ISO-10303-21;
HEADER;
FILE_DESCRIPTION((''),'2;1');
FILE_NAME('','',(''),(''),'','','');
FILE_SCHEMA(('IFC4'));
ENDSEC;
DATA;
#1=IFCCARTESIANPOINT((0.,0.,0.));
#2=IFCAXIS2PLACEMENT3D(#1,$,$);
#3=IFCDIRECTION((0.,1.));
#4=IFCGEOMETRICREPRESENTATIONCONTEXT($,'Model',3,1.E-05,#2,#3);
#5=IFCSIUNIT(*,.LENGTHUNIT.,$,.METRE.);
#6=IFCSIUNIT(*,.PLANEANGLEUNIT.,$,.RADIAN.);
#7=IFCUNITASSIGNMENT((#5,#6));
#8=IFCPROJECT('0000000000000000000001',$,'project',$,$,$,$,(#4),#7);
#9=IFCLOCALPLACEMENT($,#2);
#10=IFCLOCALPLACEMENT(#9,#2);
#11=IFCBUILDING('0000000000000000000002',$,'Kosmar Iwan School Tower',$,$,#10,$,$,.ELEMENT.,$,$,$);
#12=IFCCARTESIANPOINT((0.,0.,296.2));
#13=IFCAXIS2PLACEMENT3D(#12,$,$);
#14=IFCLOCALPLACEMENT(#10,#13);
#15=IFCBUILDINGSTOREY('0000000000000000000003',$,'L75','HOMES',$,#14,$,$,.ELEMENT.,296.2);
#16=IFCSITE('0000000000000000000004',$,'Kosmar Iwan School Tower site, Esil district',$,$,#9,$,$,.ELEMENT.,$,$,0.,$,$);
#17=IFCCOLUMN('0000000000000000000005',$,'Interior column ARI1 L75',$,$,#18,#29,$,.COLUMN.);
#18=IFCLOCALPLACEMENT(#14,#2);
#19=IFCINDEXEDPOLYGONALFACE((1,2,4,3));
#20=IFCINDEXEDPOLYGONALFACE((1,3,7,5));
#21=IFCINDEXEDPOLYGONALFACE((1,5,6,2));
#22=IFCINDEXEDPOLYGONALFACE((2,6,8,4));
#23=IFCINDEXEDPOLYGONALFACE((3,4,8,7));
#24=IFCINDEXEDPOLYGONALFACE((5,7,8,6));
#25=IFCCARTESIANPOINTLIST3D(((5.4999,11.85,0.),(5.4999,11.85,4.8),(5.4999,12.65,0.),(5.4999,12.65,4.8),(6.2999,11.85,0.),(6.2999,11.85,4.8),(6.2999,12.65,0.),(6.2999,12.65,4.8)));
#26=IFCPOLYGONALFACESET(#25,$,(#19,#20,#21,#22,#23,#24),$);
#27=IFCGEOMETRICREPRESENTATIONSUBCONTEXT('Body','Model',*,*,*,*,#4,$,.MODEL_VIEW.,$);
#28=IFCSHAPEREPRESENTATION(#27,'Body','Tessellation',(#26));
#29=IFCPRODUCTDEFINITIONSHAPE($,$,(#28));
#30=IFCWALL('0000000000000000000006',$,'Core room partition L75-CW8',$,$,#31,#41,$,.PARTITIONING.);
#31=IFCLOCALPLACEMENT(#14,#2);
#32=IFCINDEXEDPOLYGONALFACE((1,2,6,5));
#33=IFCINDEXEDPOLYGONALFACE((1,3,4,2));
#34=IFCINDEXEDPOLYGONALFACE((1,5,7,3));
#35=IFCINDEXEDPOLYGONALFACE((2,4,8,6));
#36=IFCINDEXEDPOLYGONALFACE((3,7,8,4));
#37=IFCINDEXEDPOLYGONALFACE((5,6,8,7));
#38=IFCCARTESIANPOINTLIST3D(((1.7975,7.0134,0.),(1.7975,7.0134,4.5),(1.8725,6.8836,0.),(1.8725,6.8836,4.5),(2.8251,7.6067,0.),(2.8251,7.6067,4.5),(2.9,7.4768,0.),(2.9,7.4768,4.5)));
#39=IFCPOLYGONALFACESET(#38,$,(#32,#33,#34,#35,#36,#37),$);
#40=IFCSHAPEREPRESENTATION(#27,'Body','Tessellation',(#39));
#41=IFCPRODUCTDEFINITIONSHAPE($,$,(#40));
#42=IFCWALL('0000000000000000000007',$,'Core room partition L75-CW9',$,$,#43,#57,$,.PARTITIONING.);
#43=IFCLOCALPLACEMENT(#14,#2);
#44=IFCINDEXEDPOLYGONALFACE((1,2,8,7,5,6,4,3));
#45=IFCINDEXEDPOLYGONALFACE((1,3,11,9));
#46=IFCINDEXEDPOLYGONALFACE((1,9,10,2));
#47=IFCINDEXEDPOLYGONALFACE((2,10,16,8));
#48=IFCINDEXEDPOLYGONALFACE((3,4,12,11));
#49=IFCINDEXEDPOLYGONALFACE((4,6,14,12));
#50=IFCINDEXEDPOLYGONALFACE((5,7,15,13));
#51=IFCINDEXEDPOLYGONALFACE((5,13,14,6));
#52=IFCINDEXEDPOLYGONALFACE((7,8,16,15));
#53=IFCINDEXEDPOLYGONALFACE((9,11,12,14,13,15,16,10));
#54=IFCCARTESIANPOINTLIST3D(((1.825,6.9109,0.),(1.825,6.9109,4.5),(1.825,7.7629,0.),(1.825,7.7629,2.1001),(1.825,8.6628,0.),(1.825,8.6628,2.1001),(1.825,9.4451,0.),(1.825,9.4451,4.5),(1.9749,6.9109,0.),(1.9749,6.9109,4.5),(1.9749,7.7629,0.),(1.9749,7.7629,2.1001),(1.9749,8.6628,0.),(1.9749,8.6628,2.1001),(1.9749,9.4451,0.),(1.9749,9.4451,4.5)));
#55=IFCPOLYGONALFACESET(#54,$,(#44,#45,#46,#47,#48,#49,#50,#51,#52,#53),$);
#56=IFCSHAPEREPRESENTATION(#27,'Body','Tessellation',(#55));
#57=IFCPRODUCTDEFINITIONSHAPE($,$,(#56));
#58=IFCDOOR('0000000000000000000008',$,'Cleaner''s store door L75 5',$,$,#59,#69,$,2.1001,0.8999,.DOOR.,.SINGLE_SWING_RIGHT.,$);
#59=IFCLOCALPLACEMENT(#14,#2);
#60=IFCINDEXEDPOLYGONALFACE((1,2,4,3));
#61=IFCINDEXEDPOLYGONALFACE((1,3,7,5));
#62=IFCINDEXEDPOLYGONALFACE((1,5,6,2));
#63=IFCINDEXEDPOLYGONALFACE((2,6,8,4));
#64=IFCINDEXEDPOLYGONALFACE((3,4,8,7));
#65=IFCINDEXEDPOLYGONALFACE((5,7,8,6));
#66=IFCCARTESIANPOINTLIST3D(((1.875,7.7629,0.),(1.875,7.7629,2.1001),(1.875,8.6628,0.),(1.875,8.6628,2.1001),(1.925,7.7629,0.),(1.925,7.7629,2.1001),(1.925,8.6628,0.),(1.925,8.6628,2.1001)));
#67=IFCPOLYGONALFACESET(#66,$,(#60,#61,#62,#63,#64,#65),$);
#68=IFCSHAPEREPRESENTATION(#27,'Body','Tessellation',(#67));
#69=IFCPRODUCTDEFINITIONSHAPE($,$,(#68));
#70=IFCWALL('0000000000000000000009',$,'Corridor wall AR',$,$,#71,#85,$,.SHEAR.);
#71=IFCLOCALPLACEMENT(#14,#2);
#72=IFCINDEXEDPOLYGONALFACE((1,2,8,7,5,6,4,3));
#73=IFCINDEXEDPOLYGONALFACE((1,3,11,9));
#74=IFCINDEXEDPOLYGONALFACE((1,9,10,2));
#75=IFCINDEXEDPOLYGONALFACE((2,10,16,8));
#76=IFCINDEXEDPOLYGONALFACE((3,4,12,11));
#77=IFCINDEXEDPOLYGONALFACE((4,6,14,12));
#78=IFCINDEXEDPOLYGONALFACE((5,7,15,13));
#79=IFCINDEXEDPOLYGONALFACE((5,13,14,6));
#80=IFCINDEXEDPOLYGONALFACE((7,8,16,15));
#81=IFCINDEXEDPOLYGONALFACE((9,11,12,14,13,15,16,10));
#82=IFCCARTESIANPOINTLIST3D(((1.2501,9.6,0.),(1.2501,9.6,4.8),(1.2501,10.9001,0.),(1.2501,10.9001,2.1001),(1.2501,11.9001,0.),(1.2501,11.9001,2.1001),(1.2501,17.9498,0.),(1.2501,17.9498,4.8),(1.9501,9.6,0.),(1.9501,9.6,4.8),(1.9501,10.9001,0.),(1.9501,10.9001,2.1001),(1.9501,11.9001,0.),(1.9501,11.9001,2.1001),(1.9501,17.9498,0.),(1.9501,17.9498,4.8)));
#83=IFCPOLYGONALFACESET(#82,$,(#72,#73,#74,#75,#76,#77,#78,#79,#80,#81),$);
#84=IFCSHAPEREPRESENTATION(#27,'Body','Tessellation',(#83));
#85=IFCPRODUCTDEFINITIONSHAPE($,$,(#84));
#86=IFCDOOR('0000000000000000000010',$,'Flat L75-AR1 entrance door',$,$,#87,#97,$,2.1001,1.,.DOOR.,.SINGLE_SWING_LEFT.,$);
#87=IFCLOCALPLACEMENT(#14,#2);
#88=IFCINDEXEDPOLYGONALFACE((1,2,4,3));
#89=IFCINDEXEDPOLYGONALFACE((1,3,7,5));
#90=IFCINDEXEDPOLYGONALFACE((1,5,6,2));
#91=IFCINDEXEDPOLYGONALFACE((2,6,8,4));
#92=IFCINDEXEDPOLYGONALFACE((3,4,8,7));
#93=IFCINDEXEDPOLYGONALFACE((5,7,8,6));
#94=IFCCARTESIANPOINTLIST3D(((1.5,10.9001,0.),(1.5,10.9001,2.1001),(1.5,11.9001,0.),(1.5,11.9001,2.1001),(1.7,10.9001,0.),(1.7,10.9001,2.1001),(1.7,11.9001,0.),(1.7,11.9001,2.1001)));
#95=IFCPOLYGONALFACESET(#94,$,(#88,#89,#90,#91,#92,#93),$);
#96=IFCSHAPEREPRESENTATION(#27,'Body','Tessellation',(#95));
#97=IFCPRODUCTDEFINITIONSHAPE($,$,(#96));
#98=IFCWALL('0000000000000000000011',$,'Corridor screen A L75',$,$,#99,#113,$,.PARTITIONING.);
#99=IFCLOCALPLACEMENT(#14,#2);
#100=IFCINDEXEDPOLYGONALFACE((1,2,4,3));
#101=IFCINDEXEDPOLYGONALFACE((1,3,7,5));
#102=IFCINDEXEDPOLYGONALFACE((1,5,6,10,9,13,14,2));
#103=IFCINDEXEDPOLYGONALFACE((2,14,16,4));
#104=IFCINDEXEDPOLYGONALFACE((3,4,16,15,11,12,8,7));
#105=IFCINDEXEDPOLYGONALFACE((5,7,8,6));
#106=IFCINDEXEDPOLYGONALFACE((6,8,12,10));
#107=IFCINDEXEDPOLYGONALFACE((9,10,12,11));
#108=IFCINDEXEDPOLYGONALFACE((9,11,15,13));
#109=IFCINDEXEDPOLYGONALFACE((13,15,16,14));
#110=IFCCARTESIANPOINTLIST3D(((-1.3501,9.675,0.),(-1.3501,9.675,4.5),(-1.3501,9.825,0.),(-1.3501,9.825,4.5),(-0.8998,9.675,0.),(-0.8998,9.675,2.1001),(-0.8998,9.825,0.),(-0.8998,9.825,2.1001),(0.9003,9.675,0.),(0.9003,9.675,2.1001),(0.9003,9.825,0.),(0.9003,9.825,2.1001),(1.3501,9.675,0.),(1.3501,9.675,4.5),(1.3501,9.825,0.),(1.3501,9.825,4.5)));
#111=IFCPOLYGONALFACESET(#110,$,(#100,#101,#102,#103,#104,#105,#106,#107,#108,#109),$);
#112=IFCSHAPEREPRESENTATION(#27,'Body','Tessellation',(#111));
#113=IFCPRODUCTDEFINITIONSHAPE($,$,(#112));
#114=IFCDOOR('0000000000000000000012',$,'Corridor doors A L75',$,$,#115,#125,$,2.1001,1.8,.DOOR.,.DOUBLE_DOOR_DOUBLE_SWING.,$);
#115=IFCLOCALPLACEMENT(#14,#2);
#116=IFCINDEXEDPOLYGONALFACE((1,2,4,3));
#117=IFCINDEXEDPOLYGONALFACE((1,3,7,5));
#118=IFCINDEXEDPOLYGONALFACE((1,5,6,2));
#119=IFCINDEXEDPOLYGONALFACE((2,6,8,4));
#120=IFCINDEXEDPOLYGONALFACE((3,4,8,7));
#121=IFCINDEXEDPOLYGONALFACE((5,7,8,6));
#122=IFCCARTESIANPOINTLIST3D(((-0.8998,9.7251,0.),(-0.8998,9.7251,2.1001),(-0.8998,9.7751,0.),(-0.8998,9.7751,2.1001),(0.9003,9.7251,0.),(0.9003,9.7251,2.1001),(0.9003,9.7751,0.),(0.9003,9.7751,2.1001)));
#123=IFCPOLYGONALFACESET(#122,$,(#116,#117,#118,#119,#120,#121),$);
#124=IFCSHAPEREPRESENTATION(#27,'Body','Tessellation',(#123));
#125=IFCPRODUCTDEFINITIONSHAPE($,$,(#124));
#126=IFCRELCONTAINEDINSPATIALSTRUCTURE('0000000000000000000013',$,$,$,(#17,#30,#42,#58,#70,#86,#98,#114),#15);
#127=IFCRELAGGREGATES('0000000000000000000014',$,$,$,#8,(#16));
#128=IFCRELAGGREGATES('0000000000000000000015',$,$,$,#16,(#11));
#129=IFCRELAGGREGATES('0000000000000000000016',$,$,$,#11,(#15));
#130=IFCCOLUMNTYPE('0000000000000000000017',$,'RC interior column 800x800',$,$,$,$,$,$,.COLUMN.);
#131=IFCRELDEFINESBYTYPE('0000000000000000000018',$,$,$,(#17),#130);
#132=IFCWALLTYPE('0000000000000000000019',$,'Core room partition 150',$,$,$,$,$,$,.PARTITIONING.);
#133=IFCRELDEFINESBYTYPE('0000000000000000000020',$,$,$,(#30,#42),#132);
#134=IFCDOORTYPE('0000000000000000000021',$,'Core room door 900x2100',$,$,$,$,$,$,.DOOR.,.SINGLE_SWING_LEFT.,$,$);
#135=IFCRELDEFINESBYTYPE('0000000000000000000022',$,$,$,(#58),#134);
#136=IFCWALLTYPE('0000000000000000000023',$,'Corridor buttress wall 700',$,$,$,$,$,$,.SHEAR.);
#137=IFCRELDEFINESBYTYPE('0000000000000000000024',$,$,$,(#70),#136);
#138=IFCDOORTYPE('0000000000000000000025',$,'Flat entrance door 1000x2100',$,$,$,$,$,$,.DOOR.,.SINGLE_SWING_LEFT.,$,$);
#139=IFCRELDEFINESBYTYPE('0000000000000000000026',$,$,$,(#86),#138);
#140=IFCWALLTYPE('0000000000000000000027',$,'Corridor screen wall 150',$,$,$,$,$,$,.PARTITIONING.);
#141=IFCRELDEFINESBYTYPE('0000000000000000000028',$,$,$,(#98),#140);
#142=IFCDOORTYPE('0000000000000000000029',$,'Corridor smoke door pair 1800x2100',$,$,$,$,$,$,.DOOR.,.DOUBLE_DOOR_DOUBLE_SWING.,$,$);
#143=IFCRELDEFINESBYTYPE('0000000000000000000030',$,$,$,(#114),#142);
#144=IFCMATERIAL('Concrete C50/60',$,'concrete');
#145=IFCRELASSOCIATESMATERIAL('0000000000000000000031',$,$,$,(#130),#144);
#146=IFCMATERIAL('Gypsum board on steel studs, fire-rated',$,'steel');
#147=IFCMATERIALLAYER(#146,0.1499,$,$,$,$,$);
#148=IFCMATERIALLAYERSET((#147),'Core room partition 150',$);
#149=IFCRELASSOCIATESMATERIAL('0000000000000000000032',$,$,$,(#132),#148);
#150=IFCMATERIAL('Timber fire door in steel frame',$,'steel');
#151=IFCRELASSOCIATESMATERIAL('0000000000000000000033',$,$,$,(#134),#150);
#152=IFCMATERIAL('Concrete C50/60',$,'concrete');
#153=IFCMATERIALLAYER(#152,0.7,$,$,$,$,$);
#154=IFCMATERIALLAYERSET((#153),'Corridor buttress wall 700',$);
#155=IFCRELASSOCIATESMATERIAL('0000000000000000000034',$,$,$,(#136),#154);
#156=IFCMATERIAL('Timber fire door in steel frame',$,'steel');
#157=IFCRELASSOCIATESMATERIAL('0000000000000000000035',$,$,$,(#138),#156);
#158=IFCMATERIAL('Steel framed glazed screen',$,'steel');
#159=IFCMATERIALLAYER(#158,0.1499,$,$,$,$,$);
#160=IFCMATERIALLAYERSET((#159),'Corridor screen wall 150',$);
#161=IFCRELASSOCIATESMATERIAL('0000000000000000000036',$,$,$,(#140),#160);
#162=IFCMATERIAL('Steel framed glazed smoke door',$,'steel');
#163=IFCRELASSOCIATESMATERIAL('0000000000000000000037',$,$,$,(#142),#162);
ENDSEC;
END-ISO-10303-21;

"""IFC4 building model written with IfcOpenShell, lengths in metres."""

from ifc_helpers import new_model, si_unit, direction, frame, frame_2d, origin, origin_2d, place, context, subcontext, project, spatial, rectangle, extrude, material, layer, layer_set, material_profile, profile_set, type_object, element, fill, save


model = new_model("IFC4")

# Units and contexts
model_context = context("Model", 3, precision=1e-05, world=origin(), true_north=direction((0.0, 1.0)))
body_context = subcontext(model_context, "Body", "Model", "MODEL_VIEW")
ifc_project = project(units=[si_unit("LENGTHUNIT", "METRE"), si_unit("PLANEANGLEUNIT", "RADIAN")], contexts=[model_context])

# Site, building, storey
site_placement = place(None, origin())
site = spatial("IfcSite", under=ifc_project, at=site_placement, Name="Kosmar Iwan School Tower site, Esil district", CompositionType="ELEMENT", RefElevation=0.0)
building_placement = place(site_placement, origin())
building = spatial("IfcBuilding", under=site, at=building_placement, Name="Kosmar Iwan School Tower", CompositionType="ELEMENT")
storey_placement = place(building_placement, frame((0.0, 0.0, 296.2)))
storey = spatial("IfcBuildingStorey", under=building, at=storey_placement, Name="L75", Description="HOMES", CompositionType="ELEMENT", Elevation=296.2)

# Column
ifc_material_1 = material(Name="Concrete C50/60", Category="concrete")
ifc_material_profile = material_profile(ifc_material_1, rectangle(XDim=0.8, YDim=0.8, at=origin_2d()), Name="RC 800x800")
ifc_profile_set = profile_set([ifc_material_profile], Name="Concrete C50/60")
column_type = type_object("IfcColumnType", Name="RC interior column 800x800", PredefinedType="COLUMN", material=ifc_profile_set)
column_placement = place(storey_placement, frame((5.8999, 12.25, 0.0), z_axis=(0.0, 0.0, 1.0), x_axis=(0.0, 1.0, 0.0)))
element("IfcColumn", 1, at=column_placement, inside=storey, type_object=column_type, Name="Interior column ARI1 L75", PredefinedType="COLUMN", context=body_context, shape_type="SweptSolid", body=[
    extrude(rectangle(XDim=0.8, YDim=0.8, at=origin_2d()), origin(), (0.0, 0.0, 1.0), 4.8),
])

# Wall
ifc_material_2 = material(Name="Gypsum board on steel studs, fire-rated", Category="steel")
ifc_layer_1 = layer(ifc_material_2, 0.1499)
ifc_layer_set_1 = layer_set([ifc_layer_1], Name="Core room partition 150")
wall_type_1 = type_object("IfcWallType", Name="Core room partition 150", PredefinedType="PARTITIONING", material=ifc_layer_set_1)
wall_1_placement = place(storey_placement, frame((2.8625, 7.5417, 0.0), z_axis=(0.0, 0.0, 1.0), x_axis=(-0.866031, -0.49999, 0.0)))
element("IfcWall", 2, at=wall_1_placement, inside=storey, type_object=wall_type_1, Name="Core room partition L75-CW8", PredefinedType="PARTITIONING", context=body_context, shape_type="SweptSolid", body=[
    extrude(rectangle(XDim=1.1865, YDim=0.1499, at=frame_2d((0.5933, 0.0))), origin(), (0.0, 0.0, 1.0), 4.5),
])

# Walls, openings, doors
wall_2_placement = place(storey_placement, frame((1.8999, 6.9109, 0.0), z_axis=(0.0, 0.0, 1.0), x_axis=(0.0, 1.0, 0.0)))
wall_2 = element("IfcWall", 3, at=wall_2_placement, inside=storey, type_object=wall_type_1, Name="Core room partition L75-CW9", PredefinedType="PARTITIONING", context=body_context, shape_type="SweptSolid", body=[
    extrude(rectangle(XDim=2.5342, YDim=0.1499, at=frame_2d((1.2671, 0.0))), origin(), (0.0, 0.0, 1.0), 4.5),
])
opening_1_placement = place(wall_2_placement, frame((0.8521, 0.0, 0.0)))
opening_1 = element("IfcOpeningElement", 4, at=opening_1_placement, cuts=wall_2, PredefinedType="OPENING", context=body_context, shape_type="SweptSolid", body=[
    extrude(rectangle(XDim=0.8999, YDim=2.1001, at=frame_2d((0.45, 1.05))), frame((0.0, 0.0869, 0.0), z_axis=(0.0, -1.0, 0.0), x_axis=(1.0, 0.0, 0.0)), (0.0, 0.0, 1.0), 0.1738),
])
ifc_material_3 = material(Name="Timber fire door in steel frame", Category="steel")
door_type_1 = type_object("IfcDoorType", Name="Core room door 900x2100", OperationType="SINGLE_SWING_LEFT", PredefinedType="DOOR", material=ifc_material_3)
door_1_placement = place(opening_1_placement, origin())
door_1 = element("IfcDoor", 5, at=door_1_placement, inside=storey, type_object=door_type_1, Name="Cleaner's store door L75 5", OperationType="SINGLE_SWING_RIGHT", OverallHeight=2.1001, OverallWidth=0.8999, PredefinedType="DOOR", context=body_context, shape_type="SweptSolid", body=[
    extrude(rectangle(XDim=0.8999, YDim=2.1001, at=frame_2d((0.45, 1.05))), frame((0.0, 0.0249, 0.0), z_axis=(0.0, -1.0, 0.0), x_axis=(1.0, 0.0, 0.0)), (0.0, 0.0, 1.0), 0.05),
])
fill(opening_1, door_1)
ifc_material_4 = material(Name="Concrete C50/60", Category="concrete")
ifc_layer_2 = layer(ifc_material_4, 0.7)
ifc_layer_set_2 = layer_set([ifc_layer_2], Name="Corridor buttress wall 700")
wall_type_2 = type_object("IfcWallType", Name="Corridor buttress wall 700", PredefinedType="SHEAR", material=ifc_layer_set_2)
wall_3_placement = place(storey_placement, frame((1.6001, 9.6001, 0.0), z_axis=(0.0, 0.0, 1.0), x_axis=(0.0, 1.0, 0.0)))
wall_3 = element("IfcWall", 6, at=wall_3_placement, inside=storey, type_object=wall_type_2, Name="Corridor wall AR", PredefinedType="SHEAR", context=body_context, shape_type="SweptSolid", body=[
    extrude(rectangle(XDim=8.3499, YDim=0.7, at=frame_2d((4.1748, 0.0))), origin(), (0.0, 0.0, 1.0), 4.8),
])
opening_2_placement = place(wall_3_placement, frame((1.3, 0.0, 0.0)))
opening_2 = element("IfcOpeningElement", 7, at=opening_2_placement, cuts=wall_3, PredefinedType="OPENING", context=body_context, shape_type="SweptSolid", body=[
    extrude(rectangle(XDim=1.0, YDim=2.1001, at=frame_2d((0.5, 1.05))), frame((0.0, 0.3621, 0.0), z_axis=(0.0, -1.0, 0.0), x_axis=(1.0, 0.0, 0.0)), (0.0, 0.0, 1.0), 0.7239),
])
ifc_material_5 = material(Name="Timber fire door in steel frame", Category="steel")
door_type_2 = type_object("IfcDoorType", Name="Flat entrance door 1000x2100", OperationType="SINGLE_SWING_LEFT", PredefinedType="DOOR", material=ifc_material_5)
door_2_placement = place(opening_2_placement, origin())
door_2 = element("IfcDoor", 8, at=door_2_placement, inside=storey, type_object=door_type_2, Name="Flat L75-AR1 entrance door", OperationType="SINGLE_SWING_LEFT", OverallHeight=2.1001, OverallWidth=1.0, PredefinedType="DOOR", context=body_context, shape_type="SweptSolid", body=[
    extrude(rectangle(XDim=1.0, YDim=2.1001, at=frame_2d((0.5, 1.05))), frame((0.0, 0.1001, 0.0), z_axis=(0.0, -1.0, 0.0), x_axis=(1.0, 0.0, 0.0)), (0.0, 0.0, 1.0), 0.2),
])
fill(opening_2, door_2)
ifc_material_6 = material(Name="Steel framed glazed screen", Category="steel")
ifc_layer_3 = layer(ifc_material_6, 0.1499)
ifc_layer_set_3 = layer_set([ifc_layer_3], Name="Corridor screen wall 150")
wall_type_3 = type_object("IfcWallType", Name="Corridor screen wall 150", PredefinedType="PARTITIONING", material=ifc_layer_set_3)
wall_4_placement = place(storey_placement, frame((1.3501, 9.75, 0.0), z_axis=(0.0, 0.0, 1.0), x_axis=(-1.0, 0.0, 0.0)))
wall_4 = element("IfcWall", 9, at=wall_4_placement, inside=storey, type_object=wall_type_3, Name="Corridor screen A L75", PredefinedType="PARTITIONING", context=body_context, shape_type="SweptSolid", body=[
    extrude(rectangle(XDim=2.7002, YDim=0.1499, at=frame_2d((1.3501, 0.0))), origin(), (0.0, 0.0, 1.0), 4.5),
])
opening_3_placement = place(wall_4_placement, frame((0.45, 0.0, 0.0)))
opening_3 = element("IfcOpeningElement", 10, at=opening_3_placement, cuts=wall_4, PredefinedType="OPENING", context=body_context, shape_type="SweptSolid", body=[
    extrude(rectangle(XDim=1.8, YDim=2.1001, at=frame_2d((0.8999, 1.05))), frame((0.0, 0.0869, 0.0), z_axis=(0.0, -1.0, 0.0), x_axis=(1.0, 0.0, 0.0)), (0.0, 0.0, 1.0), 0.1738),
])
ifc_material_7 = material(Name="Steel framed glazed smoke door", Category="steel")
door_type_3 = type_object("IfcDoorType", Name="Corridor smoke door pair 1800x2100", OperationType="DOUBLE_DOOR_DOUBLE_SWING", PredefinedType="DOOR", material=ifc_material_7)
door_3_placement = place(opening_3_placement, origin())
door_3 = element("IfcDoor", 11, at=door_3_placement, inside=storey, type_object=door_type_3, Name="Corridor doors A L75", OperationType="DOUBLE_DOOR_DOUBLE_SWING", OverallHeight=2.1001, OverallWidth=1.8, PredefinedType="DOOR", context=body_context, shape_type="SweptSolid", body=[
    extrude(rectangle(XDim=1.8, YDim=2.1001, at=frame_2d((0.8999, 1.05))), frame((0.0, 0.0249, 0.0), z_axis=(0.0, -1.0, 0.0), x_axis=(1.0, 0.0, 0.0)), (0.0, 0.0, 1.0), 0.05),
])
fill(opening_3, door_3)

save(model, "model.ifc")
